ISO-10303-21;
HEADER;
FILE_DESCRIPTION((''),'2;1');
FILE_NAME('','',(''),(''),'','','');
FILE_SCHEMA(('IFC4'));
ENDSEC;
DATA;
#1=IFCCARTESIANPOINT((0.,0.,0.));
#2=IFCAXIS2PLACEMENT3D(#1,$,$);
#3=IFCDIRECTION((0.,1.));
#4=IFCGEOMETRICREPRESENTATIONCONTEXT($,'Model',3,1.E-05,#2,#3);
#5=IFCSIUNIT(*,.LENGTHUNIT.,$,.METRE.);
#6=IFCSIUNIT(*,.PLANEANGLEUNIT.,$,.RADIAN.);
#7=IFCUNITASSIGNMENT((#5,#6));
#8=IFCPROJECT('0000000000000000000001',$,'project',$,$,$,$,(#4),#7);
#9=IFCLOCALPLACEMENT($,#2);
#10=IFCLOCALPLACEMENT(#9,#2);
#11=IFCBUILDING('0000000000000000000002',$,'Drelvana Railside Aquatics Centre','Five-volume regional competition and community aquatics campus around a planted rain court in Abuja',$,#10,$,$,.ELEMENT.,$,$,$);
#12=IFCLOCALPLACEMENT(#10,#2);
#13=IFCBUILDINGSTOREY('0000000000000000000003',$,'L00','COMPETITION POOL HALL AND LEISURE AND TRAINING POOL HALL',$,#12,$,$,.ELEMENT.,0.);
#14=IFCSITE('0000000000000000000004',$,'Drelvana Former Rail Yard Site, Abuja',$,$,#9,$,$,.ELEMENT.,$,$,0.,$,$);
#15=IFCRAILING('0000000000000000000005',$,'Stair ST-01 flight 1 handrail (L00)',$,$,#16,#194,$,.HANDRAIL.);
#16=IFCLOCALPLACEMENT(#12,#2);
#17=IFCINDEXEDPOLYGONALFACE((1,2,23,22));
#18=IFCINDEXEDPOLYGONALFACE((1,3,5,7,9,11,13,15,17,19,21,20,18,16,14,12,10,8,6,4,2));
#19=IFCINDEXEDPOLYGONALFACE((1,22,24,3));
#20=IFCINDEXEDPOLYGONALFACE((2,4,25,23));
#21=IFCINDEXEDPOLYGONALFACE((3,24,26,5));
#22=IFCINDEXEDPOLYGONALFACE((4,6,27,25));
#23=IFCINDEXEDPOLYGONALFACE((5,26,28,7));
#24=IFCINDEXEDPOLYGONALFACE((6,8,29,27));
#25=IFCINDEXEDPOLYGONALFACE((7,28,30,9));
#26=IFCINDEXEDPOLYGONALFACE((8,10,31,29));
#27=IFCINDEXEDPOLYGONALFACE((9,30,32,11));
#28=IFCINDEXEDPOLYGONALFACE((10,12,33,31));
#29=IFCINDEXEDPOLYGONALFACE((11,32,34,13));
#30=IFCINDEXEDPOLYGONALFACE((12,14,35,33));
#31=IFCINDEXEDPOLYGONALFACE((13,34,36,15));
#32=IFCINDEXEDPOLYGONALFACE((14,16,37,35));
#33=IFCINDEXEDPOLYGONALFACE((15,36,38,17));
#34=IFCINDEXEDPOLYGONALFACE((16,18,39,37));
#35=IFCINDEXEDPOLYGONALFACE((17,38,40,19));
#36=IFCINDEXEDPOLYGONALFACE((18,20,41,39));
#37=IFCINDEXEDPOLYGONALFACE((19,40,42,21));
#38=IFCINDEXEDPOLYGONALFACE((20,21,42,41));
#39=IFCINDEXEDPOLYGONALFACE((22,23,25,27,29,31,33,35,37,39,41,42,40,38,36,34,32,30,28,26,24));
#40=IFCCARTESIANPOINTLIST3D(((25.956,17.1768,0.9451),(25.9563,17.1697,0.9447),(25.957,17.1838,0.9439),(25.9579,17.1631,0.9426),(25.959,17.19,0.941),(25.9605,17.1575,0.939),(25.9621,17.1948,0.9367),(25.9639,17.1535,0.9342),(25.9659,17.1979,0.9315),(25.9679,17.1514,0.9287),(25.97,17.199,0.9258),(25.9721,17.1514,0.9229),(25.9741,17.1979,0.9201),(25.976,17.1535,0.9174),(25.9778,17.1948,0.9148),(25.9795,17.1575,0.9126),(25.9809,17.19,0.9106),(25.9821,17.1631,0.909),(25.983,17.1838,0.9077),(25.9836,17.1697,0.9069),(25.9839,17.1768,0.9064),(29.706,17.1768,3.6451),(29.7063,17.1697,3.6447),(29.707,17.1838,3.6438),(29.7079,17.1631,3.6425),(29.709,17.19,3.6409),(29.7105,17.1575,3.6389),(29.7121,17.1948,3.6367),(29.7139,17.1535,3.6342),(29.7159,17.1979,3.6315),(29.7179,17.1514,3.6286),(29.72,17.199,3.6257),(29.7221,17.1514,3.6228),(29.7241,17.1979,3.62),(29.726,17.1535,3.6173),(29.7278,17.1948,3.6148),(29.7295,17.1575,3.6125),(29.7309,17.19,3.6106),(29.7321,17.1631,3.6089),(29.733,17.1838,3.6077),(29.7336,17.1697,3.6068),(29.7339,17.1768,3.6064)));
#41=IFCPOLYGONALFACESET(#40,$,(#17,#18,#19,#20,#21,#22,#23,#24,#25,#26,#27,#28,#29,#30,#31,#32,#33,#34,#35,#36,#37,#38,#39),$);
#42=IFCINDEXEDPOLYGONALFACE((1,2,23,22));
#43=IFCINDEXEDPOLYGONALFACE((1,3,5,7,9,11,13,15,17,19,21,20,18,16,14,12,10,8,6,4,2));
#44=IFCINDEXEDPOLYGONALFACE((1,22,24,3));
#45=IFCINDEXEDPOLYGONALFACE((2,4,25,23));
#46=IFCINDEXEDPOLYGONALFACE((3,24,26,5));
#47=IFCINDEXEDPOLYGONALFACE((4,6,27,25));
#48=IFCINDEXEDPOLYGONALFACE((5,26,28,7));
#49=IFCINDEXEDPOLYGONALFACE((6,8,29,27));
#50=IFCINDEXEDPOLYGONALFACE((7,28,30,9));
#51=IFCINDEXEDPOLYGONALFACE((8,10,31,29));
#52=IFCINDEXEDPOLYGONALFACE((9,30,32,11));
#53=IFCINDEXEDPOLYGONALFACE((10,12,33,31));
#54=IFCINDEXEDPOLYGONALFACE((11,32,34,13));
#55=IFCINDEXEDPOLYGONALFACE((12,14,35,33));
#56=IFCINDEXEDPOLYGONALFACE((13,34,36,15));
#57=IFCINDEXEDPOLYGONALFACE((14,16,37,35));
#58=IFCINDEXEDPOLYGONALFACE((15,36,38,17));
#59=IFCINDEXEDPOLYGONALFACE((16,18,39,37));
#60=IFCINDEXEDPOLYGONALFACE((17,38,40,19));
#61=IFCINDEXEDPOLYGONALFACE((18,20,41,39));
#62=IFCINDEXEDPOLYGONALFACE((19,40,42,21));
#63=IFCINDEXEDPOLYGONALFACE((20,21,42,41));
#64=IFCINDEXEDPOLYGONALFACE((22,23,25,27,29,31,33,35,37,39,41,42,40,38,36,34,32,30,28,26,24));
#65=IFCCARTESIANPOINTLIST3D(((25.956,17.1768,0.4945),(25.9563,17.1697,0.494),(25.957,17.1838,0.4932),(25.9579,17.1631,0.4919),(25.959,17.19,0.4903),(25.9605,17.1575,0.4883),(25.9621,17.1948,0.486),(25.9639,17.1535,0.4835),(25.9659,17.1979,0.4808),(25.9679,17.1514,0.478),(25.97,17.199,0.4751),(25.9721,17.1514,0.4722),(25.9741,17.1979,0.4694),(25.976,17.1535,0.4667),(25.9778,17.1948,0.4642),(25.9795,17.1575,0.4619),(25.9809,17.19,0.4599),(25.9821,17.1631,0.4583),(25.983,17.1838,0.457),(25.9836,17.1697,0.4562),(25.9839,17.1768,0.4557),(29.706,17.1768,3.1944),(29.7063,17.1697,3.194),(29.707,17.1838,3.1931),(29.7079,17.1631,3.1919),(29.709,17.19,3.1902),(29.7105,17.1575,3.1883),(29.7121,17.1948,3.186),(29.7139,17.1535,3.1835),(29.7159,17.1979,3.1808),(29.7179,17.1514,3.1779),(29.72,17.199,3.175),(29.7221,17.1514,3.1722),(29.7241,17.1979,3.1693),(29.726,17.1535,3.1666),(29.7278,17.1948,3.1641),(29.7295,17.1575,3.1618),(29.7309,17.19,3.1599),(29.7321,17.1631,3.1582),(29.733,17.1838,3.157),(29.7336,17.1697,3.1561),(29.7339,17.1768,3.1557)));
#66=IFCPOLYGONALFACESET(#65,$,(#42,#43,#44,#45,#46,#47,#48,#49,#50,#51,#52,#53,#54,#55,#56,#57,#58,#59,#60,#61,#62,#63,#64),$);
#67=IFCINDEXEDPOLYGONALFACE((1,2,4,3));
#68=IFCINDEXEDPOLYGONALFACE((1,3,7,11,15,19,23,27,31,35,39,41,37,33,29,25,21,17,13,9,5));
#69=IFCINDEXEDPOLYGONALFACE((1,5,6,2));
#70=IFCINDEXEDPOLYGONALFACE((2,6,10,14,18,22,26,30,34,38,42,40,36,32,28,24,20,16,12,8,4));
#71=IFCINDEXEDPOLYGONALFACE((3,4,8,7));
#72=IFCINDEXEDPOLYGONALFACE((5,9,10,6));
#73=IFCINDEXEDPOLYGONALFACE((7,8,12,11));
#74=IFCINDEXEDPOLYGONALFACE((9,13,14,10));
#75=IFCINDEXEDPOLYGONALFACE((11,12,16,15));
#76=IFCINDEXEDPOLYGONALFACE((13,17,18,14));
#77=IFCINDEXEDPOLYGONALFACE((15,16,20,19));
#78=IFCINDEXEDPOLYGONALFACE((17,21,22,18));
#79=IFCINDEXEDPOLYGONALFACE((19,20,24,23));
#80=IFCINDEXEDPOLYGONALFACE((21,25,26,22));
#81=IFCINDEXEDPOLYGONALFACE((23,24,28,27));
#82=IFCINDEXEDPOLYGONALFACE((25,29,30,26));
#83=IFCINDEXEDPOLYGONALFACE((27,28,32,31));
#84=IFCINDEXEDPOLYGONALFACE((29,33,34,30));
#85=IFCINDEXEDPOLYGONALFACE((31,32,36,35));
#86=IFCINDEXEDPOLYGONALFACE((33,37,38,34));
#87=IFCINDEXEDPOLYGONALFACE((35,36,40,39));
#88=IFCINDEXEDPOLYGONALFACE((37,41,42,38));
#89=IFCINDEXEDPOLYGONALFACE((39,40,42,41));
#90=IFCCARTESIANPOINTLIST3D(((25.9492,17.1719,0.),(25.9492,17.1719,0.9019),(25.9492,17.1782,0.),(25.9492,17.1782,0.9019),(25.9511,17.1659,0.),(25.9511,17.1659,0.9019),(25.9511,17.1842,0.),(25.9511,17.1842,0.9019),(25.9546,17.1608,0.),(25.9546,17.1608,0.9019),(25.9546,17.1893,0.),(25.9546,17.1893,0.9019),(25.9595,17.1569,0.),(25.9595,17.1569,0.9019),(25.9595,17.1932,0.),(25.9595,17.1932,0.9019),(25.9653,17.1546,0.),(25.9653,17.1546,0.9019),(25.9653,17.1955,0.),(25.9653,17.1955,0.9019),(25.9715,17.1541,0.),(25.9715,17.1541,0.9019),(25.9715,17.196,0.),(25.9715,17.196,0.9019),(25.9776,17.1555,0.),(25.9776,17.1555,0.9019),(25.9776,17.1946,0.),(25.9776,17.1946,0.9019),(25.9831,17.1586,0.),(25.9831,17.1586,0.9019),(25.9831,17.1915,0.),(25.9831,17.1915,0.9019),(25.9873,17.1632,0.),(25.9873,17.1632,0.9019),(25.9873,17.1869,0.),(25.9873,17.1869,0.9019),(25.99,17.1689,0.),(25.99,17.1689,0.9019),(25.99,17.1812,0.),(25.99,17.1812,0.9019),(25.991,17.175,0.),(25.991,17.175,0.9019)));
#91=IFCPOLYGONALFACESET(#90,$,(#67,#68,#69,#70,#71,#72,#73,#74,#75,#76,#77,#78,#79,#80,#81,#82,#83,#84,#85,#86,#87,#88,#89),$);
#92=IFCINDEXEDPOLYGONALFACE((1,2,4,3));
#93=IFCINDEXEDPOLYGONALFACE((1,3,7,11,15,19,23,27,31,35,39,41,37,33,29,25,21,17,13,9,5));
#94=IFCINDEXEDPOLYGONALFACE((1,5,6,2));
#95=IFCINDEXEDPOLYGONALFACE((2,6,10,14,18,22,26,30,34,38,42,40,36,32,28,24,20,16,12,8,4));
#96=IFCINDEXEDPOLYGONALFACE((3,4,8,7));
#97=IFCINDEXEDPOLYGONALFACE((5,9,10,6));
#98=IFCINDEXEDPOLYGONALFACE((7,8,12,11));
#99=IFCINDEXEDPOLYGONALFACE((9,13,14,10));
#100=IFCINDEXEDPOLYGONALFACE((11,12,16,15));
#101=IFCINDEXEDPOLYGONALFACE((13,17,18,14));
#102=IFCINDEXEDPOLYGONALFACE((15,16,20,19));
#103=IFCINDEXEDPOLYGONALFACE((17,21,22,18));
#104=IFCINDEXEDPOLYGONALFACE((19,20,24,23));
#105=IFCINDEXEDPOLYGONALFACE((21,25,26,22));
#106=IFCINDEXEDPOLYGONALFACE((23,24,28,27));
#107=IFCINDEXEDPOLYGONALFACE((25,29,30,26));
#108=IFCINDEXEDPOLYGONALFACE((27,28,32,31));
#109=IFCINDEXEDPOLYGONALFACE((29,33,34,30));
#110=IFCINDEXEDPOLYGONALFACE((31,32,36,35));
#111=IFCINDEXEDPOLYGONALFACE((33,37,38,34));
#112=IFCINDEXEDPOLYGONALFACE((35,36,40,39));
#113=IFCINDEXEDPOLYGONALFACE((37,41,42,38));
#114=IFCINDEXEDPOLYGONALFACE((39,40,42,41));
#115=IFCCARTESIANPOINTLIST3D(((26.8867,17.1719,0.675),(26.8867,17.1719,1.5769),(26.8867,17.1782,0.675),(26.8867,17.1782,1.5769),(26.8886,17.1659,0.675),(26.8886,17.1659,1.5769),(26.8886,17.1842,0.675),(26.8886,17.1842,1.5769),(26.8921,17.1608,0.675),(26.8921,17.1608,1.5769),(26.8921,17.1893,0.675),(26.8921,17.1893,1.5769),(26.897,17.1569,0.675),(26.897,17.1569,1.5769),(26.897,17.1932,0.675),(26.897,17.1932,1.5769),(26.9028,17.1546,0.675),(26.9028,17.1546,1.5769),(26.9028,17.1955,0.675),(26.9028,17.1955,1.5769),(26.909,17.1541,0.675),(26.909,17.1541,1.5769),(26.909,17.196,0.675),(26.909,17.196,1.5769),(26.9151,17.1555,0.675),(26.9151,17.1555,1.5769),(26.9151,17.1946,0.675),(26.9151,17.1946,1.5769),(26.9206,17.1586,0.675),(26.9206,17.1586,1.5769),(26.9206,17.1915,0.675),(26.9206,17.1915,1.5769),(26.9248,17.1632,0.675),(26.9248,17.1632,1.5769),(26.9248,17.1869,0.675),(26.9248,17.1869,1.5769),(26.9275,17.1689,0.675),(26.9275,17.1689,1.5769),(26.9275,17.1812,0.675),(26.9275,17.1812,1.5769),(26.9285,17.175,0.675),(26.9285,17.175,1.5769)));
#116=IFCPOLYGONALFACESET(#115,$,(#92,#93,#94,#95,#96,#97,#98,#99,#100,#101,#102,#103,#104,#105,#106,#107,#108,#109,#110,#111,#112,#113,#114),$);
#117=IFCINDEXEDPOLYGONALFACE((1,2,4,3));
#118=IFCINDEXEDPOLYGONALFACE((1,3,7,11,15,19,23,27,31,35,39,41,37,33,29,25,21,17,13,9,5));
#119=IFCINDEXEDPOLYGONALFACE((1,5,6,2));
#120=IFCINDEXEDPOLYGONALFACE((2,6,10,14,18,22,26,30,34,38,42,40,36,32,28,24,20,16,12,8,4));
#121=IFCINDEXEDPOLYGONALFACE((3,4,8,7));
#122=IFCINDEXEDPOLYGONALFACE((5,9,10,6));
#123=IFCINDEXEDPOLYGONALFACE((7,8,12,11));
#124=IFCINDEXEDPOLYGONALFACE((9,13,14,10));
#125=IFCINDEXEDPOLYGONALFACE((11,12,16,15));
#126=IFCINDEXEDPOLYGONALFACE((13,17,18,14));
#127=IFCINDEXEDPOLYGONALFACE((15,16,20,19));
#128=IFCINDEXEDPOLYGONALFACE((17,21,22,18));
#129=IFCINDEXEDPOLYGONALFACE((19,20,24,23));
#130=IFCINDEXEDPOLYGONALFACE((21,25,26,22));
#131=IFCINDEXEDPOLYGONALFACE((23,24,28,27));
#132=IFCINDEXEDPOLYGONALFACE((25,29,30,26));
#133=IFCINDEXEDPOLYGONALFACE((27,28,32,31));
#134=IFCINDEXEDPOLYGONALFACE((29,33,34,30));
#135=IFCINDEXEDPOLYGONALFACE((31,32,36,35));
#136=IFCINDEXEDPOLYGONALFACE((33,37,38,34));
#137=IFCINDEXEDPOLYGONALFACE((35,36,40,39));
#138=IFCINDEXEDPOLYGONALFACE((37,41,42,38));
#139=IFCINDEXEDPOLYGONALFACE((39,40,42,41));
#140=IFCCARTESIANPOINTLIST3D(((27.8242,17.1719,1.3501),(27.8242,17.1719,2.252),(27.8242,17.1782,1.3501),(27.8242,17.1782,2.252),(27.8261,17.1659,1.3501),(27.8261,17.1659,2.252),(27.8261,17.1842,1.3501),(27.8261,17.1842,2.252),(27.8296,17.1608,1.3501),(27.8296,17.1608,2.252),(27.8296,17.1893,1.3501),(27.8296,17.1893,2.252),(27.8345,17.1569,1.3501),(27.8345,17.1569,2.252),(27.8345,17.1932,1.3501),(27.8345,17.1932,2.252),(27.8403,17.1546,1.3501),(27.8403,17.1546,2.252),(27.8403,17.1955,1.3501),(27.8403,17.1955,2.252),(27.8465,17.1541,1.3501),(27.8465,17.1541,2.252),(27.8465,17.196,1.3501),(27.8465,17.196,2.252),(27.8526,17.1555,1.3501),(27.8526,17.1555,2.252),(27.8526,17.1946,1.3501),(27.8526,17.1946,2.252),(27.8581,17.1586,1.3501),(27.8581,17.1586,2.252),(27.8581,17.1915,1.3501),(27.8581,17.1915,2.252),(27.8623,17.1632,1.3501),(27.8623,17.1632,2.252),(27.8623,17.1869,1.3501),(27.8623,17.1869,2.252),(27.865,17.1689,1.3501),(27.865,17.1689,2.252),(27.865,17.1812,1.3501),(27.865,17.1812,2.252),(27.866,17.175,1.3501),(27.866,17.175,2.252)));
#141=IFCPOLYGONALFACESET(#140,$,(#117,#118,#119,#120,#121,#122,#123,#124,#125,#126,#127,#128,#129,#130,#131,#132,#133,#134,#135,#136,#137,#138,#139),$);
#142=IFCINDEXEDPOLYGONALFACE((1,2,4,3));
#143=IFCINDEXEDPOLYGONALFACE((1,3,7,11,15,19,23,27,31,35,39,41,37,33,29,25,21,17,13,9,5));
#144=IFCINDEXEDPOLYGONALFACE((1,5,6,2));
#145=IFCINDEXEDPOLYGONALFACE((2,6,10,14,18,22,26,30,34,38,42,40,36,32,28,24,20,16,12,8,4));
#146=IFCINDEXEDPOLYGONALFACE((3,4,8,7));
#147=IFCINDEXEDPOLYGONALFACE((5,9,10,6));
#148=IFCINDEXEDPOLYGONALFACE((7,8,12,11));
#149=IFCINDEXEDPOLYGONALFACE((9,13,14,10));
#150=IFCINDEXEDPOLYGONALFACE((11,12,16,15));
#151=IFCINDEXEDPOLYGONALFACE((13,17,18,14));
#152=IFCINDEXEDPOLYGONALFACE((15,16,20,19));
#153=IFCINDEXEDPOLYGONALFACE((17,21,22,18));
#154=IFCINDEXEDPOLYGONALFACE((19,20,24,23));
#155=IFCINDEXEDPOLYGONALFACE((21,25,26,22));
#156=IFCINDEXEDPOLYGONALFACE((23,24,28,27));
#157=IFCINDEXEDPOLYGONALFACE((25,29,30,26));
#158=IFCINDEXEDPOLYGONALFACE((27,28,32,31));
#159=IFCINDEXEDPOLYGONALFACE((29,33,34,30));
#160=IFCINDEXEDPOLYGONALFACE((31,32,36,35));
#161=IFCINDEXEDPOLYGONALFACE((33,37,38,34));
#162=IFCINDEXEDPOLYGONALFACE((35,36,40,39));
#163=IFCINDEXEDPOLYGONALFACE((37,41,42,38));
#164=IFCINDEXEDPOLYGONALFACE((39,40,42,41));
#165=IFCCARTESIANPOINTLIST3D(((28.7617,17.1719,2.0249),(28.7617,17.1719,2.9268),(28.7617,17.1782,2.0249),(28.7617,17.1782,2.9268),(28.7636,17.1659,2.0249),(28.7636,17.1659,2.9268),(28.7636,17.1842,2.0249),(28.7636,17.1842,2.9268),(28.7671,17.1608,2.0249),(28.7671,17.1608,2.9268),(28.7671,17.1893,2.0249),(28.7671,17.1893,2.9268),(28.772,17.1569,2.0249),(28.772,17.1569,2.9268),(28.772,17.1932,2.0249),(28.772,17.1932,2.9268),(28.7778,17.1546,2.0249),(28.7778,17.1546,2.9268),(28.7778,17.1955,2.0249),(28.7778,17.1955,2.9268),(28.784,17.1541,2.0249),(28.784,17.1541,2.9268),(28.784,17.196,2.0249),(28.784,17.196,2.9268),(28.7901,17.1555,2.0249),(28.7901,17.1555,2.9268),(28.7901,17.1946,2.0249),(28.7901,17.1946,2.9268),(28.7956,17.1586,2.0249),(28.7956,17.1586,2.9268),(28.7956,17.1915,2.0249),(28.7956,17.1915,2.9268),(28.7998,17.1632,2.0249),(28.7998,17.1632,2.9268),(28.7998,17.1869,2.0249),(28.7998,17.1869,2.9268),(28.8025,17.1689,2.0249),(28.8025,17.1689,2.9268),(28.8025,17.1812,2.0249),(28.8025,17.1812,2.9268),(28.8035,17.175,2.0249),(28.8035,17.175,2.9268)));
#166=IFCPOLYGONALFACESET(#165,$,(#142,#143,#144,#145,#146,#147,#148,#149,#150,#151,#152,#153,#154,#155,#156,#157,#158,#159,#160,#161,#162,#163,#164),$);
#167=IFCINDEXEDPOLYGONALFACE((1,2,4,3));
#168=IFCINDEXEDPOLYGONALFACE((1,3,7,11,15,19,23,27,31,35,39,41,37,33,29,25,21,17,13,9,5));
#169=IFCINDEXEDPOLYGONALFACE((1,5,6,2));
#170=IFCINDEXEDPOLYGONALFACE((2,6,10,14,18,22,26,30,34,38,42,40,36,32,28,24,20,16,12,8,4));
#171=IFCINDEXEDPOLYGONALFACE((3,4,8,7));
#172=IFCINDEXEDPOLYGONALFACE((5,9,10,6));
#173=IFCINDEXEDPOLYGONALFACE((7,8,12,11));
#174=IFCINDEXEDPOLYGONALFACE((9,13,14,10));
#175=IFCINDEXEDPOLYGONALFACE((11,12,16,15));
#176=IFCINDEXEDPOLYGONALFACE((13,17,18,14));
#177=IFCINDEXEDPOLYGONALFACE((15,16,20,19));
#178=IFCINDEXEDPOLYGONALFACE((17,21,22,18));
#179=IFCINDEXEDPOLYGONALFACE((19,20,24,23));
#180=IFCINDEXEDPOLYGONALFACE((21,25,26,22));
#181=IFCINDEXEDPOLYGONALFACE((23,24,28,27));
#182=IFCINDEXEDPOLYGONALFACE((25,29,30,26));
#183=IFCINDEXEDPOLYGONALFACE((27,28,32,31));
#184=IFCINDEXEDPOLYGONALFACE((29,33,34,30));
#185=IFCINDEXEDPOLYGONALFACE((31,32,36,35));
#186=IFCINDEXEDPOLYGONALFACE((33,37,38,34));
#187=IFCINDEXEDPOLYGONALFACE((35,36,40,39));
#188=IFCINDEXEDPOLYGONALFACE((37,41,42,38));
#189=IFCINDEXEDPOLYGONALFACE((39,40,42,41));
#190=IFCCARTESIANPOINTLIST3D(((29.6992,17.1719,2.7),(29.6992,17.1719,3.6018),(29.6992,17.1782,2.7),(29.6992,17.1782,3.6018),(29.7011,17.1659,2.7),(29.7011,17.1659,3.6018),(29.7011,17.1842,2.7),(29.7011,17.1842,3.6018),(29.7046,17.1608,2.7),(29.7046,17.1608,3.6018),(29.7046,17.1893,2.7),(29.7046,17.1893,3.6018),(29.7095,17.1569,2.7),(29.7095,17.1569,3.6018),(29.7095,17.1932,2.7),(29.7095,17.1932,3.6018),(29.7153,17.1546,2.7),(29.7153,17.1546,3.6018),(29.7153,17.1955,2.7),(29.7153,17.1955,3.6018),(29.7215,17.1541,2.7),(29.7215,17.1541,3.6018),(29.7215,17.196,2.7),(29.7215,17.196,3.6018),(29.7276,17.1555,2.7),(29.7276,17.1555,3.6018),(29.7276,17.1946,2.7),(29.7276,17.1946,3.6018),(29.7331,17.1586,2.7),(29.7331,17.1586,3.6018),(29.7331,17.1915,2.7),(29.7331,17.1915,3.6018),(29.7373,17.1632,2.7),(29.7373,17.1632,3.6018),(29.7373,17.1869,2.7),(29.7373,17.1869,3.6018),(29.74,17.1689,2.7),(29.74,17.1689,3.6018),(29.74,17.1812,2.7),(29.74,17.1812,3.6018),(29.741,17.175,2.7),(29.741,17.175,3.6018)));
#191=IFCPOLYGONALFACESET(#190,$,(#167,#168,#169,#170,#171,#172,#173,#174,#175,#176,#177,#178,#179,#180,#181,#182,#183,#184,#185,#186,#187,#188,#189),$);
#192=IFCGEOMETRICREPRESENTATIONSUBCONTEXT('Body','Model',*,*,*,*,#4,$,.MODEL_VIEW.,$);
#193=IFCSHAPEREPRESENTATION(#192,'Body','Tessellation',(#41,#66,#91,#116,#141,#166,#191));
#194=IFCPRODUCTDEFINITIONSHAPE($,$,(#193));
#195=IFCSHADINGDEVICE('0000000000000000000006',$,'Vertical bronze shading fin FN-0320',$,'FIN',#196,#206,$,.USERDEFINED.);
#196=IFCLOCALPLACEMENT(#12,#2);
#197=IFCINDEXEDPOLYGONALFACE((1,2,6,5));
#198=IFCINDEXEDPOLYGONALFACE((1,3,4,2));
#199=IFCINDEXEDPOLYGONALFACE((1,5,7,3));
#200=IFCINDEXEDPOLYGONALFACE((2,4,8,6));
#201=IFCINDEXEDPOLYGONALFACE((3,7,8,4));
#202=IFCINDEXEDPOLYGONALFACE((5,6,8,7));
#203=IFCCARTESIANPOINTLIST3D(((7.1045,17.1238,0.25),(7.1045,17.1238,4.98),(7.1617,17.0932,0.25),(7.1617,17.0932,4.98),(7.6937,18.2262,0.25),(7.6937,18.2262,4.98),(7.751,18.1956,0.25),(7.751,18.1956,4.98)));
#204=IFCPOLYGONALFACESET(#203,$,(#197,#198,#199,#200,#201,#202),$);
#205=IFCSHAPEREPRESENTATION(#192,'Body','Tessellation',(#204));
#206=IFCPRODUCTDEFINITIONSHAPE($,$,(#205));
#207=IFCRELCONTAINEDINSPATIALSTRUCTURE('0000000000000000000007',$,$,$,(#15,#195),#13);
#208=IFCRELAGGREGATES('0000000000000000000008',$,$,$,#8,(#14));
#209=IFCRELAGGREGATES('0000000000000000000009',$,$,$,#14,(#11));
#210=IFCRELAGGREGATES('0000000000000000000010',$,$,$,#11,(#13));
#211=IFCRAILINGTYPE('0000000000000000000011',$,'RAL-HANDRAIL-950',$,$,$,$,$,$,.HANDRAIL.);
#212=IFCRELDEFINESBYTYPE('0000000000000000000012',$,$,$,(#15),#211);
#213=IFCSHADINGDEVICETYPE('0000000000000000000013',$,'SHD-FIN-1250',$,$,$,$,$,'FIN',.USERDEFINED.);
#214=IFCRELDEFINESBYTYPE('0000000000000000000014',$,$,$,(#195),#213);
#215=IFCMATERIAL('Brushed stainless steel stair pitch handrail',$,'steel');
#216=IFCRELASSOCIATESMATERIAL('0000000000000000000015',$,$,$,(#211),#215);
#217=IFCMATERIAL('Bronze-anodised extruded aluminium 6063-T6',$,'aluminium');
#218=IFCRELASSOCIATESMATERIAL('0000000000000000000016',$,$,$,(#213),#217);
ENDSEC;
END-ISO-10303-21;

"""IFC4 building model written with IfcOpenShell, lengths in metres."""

from ifc_helpers import new_model, si_unit, direction, frame, origin, origin_2d, place, context, subcontext, project, spatial, rectangle, circle, extrude, material, type_object, element, save


model = new_model("IFC4")

# Units and contexts
model_context = context("Model", 3, precision=1e-05, world=origin(), true_north=direction((0.0, 1.0)))
body_context = subcontext(model_context, "Body", "Model", "MODEL_VIEW")
ifc_project = project(units=[si_unit("LENGTHUNIT", "METRE"), si_unit("PLANEANGLEUNIT", "RADIAN")], contexts=[model_context])

# Site, building, storey
site_placement = place(None, origin())
site = spatial("IfcSite", under=ifc_project, at=site_placement, Name="Drelvana Former Rail Yard Site, Abuja", CompositionType="ELEMENT", RefElevation=0.0)
building_placement = place(site_placement, origin())
building = spatial("IfcBuilding", under=site, at=building_placement, Name="Drelvana Railside Aquatics Centre", Description="Five-volume regional competition and community aquatics campus around a planted rain court in Abuja", CompositionType="ELEMENT")
storey_placement = place(building_placement, origin())
storey = spatial("IfcBuildingStorey", under=building, at=storey_placement, Name="L00", Description="COMPETITION POOL HALL AND LEISURE AND TRAINING POOL HALL", CompositionType="ELEMENT", Elevation=0.0)

# Shared definitions
ifc_material_1 = material(Name="Bronze-anodised extruded aluminium 6063-T6", Category="aluminium")

# Railing
ifc_material_2 = material(Name="Brushed stainless steel stair pitch handrail", Category="steel")
railing_type = type_object("IfcRailingType", Name="RAL-HANDRAIL-950", PredefinedType="HANDRAIL", material=ifc_material_2)
railing_placement = place(storey_placement, frame((25.97, 17.175, 0.0)))
element("IfcRailing", 1, at=railing_placement, inside=storey, type_object=railing_type, Name="Stair ST-01 flight 1 handrail (L00)", PredefinedType="HANDRAIL", context=body_context, shape_type="SweptSolid", body=[
    extrude(circle(Radius=0.0239, at=origin_2d()), frame((0.0, 0.0, 0.9258), z_axis=(0.811539, 0.0, 0.584298), x_axis=(0.0, 1.0, 0.0)), (0.0, 0.0, 1.0), 4.6208),
    extrude(circle(Radius=0.0239, at=origin_2d()), frame((0.0, 0.0, 0.4751), z_axis=(0.811539, 0.0, 0.584298), x_axis=(0.0, 1.0, 0.0)), (0.0, 0.0, 1.0), 4.6208),
    extrude(circle(Radius=0.021, at=origin_2d()), origin(), (0.0, 0.0, 1.0), 0.9019),
    extrude(circle(Radius=0.021, at=origin_2d()), frame((0.9375, 0.0, 0.675)), (0.0, 0.0, 1.0), 0.9019),
    extrude(circle(Radius=0.021, at=origin_2d()), frame((1.875, 0.0, 1.3501)), (0.0, 0.0, 1.0), 0.9019),
    extrude(circle(Radius=0.021, at=origin_2d()), frame((2.8125, 0.0, 2.0249)), (0.0, 0.0, 1.0), 0.9019),
    extrude(circle(Radius=0.021, at=origin_2d()), frame((3.75, 0.0, 2.7)), (0.0, 0.0, 1.0), 0.9019),
])

# Shading device
shading_device_type = type_object("IfcShadingDeviceType", Name="SHD-FIN-1250", ElementType="FIN", PredefinedType="USERDEFINED", material=ifc_material_1)
for number, where, z_axis, x_axis, name in (
    (2, (7.4277, 17.6597, 0.25), (0.0, 0.0, 1.0), (-0.471397, -0.881921, 0.0), "Vertical bronze shading fin FN-0320"),
):
    element("IfcShadingDevice", number, at=place(storey_placement, frame(where, z_axis=z_axis, x_axis=x_axis)), inside=storey, type_object=shading_device_type, Name=name, ObjectType="FIN", PredefinedType="USERDEFINED", context=body_context, shape_type="SweptSolid", body=[
        extrude(rectangle(XDim=1.25, YDim=0.0649, at=origin_2d()), origin(), (0.0, 0.0, 1.0), 4.73),
    ])

save(model, "model.ifc")
